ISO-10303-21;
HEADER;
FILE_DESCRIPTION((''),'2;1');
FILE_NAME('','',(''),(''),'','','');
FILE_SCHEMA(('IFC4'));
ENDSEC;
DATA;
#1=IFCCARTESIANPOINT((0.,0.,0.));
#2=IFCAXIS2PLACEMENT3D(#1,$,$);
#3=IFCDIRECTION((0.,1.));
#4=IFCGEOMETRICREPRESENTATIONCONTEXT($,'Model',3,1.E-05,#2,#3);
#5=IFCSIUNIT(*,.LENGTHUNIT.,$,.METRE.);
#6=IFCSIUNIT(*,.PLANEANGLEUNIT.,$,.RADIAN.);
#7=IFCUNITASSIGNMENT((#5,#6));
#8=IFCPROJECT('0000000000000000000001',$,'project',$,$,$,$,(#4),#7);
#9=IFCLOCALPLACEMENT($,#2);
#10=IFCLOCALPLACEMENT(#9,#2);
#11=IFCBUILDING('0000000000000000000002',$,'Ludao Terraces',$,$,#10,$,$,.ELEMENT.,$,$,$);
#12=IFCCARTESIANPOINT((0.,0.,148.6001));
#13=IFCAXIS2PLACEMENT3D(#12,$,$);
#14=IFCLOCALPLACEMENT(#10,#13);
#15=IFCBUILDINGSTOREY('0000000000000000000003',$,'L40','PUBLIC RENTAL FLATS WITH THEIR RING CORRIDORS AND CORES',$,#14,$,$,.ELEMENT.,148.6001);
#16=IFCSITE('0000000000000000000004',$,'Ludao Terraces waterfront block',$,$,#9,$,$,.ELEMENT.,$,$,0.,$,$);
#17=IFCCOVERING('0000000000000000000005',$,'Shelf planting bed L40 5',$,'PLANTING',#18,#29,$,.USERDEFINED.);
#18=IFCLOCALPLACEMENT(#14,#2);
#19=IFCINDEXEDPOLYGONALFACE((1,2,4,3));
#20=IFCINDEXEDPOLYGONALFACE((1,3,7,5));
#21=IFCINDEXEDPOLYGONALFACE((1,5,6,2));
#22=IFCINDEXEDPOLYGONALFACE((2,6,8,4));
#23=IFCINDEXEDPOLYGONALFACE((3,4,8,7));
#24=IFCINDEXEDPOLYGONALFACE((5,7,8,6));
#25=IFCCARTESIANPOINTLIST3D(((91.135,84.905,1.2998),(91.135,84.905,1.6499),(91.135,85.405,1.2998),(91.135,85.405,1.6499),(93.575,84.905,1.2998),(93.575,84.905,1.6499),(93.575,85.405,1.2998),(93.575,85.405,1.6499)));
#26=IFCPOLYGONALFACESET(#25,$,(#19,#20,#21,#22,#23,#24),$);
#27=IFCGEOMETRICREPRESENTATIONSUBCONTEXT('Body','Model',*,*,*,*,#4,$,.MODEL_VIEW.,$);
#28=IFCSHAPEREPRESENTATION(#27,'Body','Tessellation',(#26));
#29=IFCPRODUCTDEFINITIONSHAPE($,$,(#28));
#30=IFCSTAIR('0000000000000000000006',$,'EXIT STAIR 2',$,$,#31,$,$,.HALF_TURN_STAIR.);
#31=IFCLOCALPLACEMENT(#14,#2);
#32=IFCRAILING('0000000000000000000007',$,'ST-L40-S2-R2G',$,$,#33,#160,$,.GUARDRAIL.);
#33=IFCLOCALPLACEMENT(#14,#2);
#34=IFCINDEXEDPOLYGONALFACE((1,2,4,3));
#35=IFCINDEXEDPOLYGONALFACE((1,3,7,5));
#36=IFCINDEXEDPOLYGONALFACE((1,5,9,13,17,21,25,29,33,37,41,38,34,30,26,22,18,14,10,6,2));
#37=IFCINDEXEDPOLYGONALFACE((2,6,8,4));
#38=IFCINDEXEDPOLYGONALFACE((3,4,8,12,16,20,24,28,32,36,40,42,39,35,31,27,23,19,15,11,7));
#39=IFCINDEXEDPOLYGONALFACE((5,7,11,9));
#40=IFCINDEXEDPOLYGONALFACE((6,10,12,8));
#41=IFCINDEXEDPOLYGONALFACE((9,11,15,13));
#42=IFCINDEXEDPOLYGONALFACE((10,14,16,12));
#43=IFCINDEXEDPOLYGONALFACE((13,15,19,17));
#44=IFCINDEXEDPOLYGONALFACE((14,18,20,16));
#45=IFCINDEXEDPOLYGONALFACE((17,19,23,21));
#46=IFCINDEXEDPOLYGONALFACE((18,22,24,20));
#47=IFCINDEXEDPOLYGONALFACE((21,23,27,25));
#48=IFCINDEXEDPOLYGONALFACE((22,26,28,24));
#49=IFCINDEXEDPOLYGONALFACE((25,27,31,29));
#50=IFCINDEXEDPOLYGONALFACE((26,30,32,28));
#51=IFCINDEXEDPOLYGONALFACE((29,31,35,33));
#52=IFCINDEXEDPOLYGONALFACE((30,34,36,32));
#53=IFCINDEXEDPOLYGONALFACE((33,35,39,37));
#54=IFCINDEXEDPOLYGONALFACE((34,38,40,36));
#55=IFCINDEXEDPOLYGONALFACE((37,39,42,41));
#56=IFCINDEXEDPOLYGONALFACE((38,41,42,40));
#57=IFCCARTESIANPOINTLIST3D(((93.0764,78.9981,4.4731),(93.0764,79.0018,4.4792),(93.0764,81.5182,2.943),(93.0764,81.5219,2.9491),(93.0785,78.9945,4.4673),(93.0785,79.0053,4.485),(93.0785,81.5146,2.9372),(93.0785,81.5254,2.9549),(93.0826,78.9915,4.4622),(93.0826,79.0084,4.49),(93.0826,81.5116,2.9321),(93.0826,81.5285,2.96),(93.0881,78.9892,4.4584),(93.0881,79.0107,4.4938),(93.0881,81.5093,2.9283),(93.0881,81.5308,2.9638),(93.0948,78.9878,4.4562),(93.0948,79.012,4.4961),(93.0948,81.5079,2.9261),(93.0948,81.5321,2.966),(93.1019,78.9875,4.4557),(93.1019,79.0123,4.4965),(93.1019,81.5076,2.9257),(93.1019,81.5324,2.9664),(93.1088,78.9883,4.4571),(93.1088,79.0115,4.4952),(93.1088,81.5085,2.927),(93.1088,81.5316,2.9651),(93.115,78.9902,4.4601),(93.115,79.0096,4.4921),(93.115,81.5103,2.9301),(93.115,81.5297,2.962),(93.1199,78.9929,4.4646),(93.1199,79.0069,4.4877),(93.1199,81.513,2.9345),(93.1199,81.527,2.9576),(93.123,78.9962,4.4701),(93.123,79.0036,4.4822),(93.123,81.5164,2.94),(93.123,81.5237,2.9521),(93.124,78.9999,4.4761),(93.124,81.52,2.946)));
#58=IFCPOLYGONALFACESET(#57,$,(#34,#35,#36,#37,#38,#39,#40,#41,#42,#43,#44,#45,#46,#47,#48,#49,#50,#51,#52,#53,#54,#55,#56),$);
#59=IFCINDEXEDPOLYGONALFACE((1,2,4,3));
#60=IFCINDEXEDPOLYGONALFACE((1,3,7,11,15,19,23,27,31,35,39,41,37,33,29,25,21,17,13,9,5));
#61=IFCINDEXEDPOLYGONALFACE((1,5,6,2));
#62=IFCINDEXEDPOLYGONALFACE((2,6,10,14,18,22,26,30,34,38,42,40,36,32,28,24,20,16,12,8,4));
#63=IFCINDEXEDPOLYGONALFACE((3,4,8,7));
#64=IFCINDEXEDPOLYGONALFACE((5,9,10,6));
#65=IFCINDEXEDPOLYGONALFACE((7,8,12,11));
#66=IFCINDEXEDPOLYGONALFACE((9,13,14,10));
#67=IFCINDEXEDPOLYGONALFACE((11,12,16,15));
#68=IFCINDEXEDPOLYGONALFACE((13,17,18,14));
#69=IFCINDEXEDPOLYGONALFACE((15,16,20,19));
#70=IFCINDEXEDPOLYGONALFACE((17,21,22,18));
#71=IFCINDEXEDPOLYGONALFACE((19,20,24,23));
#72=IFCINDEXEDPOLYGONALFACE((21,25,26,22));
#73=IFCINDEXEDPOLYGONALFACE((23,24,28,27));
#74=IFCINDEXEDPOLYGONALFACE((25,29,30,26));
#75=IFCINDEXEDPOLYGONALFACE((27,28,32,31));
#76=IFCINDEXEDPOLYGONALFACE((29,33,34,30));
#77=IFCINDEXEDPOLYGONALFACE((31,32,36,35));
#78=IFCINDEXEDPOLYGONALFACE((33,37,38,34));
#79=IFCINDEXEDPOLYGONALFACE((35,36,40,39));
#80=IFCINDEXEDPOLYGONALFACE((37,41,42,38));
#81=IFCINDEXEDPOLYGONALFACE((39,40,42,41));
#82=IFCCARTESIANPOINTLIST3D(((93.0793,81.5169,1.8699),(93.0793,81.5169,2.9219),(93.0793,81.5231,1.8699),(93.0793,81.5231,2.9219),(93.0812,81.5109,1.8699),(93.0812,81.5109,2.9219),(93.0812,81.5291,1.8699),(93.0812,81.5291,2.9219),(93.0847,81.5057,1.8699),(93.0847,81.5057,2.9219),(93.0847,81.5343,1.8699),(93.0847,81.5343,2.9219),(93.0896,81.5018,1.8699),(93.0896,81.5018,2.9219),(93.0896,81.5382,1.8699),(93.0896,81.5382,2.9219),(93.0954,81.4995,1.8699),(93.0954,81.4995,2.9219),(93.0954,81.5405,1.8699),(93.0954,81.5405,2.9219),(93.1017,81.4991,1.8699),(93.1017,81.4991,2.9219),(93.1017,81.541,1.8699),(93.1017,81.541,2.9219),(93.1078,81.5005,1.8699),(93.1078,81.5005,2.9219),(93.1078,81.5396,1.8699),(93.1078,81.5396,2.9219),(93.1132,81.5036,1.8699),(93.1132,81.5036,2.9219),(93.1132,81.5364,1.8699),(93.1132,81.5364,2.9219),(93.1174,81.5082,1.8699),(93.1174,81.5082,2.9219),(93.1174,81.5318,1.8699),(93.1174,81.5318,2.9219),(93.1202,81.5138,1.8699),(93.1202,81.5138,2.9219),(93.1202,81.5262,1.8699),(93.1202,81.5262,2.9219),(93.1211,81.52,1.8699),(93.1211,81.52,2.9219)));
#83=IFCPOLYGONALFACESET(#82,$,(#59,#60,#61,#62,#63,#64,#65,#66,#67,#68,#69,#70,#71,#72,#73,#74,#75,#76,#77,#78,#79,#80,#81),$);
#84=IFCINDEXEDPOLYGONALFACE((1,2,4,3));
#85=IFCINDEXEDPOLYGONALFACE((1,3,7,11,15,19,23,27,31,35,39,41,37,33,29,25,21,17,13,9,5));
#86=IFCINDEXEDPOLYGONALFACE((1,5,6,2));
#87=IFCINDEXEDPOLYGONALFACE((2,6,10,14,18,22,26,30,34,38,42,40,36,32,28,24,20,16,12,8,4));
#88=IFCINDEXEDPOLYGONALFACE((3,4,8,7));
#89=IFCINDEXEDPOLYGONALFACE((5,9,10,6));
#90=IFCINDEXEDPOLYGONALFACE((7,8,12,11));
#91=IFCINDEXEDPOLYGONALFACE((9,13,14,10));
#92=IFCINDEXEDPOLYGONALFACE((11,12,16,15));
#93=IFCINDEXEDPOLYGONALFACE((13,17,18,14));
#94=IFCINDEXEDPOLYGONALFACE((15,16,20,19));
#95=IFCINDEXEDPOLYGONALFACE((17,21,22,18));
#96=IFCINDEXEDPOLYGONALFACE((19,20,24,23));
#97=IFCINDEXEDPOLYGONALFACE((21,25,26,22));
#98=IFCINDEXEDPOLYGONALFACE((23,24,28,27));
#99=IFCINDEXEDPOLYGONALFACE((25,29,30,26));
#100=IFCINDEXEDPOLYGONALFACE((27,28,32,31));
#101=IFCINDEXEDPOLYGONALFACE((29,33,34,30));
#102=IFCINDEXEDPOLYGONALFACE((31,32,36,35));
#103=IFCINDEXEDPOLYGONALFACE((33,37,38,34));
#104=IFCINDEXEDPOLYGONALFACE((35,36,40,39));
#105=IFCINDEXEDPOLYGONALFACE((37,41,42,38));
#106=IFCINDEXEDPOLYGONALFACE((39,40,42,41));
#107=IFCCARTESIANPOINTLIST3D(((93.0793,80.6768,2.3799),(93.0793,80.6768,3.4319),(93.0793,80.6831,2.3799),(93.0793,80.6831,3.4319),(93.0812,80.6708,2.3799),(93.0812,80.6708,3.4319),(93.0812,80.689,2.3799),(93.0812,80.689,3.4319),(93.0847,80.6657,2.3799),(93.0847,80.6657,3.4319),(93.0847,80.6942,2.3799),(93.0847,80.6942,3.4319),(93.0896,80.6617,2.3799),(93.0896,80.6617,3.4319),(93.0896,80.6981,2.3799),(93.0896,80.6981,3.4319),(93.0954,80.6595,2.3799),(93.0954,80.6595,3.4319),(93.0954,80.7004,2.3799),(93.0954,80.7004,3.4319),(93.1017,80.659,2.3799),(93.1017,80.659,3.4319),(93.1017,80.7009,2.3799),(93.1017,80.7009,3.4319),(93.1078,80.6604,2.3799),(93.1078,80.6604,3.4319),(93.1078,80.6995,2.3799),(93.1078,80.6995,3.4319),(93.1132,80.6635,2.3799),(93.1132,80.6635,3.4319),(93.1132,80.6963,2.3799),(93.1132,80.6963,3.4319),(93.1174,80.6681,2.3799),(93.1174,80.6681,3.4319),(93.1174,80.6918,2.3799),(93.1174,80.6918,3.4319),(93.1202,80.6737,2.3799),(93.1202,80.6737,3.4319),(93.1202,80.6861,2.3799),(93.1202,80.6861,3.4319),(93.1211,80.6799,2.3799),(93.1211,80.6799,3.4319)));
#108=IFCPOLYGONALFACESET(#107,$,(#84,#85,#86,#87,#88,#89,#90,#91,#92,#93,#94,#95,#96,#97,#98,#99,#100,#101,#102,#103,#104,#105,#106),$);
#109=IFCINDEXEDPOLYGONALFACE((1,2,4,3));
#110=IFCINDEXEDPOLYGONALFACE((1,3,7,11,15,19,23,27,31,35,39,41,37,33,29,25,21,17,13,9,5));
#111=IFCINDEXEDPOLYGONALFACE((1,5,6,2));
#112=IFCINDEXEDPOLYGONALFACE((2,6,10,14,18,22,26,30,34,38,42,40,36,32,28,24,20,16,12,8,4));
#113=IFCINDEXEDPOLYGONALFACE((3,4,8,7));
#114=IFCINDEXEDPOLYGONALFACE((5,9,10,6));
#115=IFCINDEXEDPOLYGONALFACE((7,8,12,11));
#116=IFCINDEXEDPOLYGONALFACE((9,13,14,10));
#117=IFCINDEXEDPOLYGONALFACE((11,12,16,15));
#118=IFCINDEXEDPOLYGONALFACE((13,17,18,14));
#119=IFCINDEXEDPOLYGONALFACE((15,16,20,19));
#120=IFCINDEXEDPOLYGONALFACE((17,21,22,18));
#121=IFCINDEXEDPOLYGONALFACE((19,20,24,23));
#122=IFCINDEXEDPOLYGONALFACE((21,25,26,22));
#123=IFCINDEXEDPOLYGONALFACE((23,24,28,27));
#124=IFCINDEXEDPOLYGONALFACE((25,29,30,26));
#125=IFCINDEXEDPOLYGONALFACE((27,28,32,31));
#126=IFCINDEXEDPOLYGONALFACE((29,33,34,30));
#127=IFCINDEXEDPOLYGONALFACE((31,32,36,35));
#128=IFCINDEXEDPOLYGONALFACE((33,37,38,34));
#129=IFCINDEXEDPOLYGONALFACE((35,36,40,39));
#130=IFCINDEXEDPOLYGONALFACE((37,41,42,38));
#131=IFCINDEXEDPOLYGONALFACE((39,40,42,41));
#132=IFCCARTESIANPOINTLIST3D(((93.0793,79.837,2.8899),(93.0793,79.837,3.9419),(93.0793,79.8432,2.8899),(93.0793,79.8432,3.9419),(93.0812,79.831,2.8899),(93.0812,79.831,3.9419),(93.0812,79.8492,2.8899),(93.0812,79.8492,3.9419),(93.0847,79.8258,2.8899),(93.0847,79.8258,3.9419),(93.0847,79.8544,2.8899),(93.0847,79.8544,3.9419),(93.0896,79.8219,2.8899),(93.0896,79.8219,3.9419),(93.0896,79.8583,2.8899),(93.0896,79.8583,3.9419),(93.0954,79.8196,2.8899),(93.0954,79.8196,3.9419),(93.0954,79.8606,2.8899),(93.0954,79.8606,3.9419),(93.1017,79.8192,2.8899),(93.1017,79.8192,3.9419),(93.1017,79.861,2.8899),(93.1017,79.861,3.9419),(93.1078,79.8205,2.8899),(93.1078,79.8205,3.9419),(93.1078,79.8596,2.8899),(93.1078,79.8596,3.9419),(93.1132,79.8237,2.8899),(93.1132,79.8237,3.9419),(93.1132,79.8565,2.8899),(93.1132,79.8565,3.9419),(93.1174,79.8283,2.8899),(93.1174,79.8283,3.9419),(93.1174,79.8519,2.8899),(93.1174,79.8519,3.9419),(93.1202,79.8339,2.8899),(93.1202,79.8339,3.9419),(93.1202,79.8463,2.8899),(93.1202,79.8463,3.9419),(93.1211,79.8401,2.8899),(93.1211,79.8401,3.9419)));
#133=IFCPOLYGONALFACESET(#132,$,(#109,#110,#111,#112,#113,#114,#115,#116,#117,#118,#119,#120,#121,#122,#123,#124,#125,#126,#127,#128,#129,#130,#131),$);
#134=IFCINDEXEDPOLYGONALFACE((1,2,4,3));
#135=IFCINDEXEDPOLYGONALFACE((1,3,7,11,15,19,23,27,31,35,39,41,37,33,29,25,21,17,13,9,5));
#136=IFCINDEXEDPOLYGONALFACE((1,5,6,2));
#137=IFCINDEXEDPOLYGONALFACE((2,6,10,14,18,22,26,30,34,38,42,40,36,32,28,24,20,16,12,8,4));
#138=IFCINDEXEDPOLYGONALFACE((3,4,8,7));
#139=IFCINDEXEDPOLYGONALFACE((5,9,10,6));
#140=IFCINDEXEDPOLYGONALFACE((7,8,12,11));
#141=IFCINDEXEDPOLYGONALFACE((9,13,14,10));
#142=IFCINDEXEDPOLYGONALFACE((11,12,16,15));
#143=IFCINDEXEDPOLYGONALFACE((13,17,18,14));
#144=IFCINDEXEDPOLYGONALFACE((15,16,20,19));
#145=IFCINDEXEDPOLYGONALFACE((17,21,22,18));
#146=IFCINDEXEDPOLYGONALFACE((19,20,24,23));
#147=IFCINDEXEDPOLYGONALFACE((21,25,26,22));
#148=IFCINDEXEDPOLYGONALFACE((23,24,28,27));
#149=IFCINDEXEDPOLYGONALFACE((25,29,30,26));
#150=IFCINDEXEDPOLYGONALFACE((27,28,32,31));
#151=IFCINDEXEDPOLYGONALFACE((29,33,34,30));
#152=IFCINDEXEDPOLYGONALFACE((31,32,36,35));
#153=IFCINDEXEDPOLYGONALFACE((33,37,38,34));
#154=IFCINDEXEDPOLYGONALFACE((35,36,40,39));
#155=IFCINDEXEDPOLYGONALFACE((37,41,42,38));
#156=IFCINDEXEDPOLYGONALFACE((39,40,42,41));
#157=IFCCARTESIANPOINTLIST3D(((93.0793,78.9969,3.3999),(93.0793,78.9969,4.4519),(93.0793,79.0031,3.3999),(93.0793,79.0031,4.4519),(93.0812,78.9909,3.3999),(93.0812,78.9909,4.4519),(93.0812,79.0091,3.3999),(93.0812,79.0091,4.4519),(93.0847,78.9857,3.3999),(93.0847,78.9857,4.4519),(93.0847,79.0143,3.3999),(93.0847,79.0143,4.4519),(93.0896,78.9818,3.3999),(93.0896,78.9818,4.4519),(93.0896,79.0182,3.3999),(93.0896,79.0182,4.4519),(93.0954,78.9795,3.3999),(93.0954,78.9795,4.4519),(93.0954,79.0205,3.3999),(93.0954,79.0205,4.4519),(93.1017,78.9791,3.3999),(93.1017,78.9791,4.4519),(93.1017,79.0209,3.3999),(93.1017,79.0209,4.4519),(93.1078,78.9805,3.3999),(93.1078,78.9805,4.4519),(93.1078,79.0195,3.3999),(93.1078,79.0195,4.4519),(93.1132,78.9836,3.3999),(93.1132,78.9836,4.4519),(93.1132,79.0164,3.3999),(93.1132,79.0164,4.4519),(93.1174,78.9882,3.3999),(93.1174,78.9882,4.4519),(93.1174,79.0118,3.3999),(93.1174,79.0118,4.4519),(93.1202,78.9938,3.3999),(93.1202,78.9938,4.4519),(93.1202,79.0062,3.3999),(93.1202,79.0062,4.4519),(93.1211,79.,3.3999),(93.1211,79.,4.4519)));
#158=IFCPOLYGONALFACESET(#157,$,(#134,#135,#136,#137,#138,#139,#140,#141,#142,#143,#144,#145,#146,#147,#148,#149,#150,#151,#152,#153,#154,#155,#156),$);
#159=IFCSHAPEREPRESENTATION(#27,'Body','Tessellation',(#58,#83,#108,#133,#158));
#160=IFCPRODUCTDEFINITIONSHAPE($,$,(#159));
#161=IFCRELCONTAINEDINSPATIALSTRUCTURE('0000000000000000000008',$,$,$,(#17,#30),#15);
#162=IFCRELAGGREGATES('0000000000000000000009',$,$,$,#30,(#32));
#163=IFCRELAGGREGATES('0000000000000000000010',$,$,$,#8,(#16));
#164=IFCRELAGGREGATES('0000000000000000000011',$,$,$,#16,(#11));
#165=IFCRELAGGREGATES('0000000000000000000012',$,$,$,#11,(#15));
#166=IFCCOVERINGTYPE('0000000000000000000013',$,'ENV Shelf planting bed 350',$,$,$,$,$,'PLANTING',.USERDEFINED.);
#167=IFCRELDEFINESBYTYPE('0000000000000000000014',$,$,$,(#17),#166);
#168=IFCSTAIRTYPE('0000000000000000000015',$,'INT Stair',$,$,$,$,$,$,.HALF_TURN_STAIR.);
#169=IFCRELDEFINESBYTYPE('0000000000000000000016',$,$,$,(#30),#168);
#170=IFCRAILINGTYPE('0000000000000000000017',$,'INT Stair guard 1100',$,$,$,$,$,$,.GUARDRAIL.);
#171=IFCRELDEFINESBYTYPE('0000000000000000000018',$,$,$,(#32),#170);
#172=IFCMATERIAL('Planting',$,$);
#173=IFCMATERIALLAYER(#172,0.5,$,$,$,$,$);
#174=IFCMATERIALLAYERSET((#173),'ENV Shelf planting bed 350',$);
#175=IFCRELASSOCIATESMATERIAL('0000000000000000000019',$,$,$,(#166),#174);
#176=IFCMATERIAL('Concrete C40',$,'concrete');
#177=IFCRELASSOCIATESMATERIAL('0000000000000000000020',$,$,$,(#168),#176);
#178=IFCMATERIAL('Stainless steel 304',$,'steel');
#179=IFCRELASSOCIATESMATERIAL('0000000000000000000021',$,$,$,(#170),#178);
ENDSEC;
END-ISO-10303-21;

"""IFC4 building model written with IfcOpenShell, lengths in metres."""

from ifc_helpers import new_model, si_unit, direction, frame, origin, origin_2d, place, context, subcontext, project, spatial, rectangle, circle, extrude, material, layer, layer_set, type_object, element, aggregate, save


model = new_model("IFC4")

# Units and contexts
model_context = context("Model", 3, precision=1e-05, world=origin(), true_north=direction((0.0, 1.0)))
body_context = subcontext(model_context, "Body", "Model", "MODEL_VIEW")
ifc_project = project(units=[si_unit("LENGTHUNIT", "METRE"), si_unit("PLANEANGLEUNIT", "RADIAN")], contexts=[model_context])

# Site, building, storey
site_placement = place(None, origin())
site = spatial("IfcSite", under=ifc_project, at=site_placement, Name="Ludao Terraces waterfront block", CompositionType="ELEMENT", RefElevation=0.0)
building_placement = place(site_placement, origin())
building = spatial("IfcBuilding", under=site, at=building_placement, Name="Ludao Terraces", CompositionType="ELEMENT")
storey_placement = place(building_placement, frame((0.0, 0.0, 148.6001)))
storey = spatial("IfcBuildingStorey", under=building, at=storey_placement, Name="L40", Description="PUBLIC RENTAL FLATS WITH THEIR RING CORRIDORS AND CORES", CompositionType="ELEMENT", Elevation=148.6001)

# Shared definitions
ifc_material_1 = material(Name="Stainless steel 304", Category="steel")

# Covering
ifc_material_2 = material(Name="Planting")
ifc_layer_1 = layer(ifc_material_2, 0.5)
ifc_layer_set_1 = layer_set([ifc_layer_1], Name="ENV Shelf planting bed 350")
covering_type_1 = type_object("IfcCoveringType", Name="ENV Shelf planting bed 350", ElementType="PLANTING", PredefinedType="USERDEFINED", material=ifc_layer_set_1)
covering_1_placement = place(storey_placement, frame((92.355, 85.155, 1.2998), z_axis=(0.0, 0.0, 1.0), x_axis=(1.0, 0.0, 0.0)))
element("IfcCovering", 1, at=covering_1_placement, inside=storey, type_object=covering_type_1, Name="Shelf planting bed L40 5", ObjectType="PLANTING", PredefinedType="USERDEFINED", context=body_context, shape_type="SweptSolid", body=[
    extrude(rectangle(XDim=2.4399, YDim=0.5, at=origin_2d()), origin(), (0.0, 0.0, 1.0), 0.3501),
])

# Stair, railing
ifc_material_3 = material(Name="Concrete C40", Category="concrete")
stair_type = type_object("IfcStairType", Name="INT Stair", PredefinedType="HALF_TURN_STAIR", material=ifc_material_3)
stair_placement = place(storey_placement, origin())
stair = element("IfcStair", 2, at=stair_placement, inside=storey, type_object=stair_type, Name="EXIT STAIR 2", PredefinedType="HALF_TURN_STAIR")
railing_type_1 = type_object("IfcRailingType", Name="INT Stair guard 1100", PredefinedType="GUARDRAIL", material=ifc_material_1)
railing_1_placement = place(storey_placement, frame((93.1001, 81.52, 1.8699)))
railing_1 = element("IfcRailing", 3, at=railing_1_placement, type_object=railing_type_1, Name="ST-L40-S2-R2G", PredefinedType="GUARDRAIL", context=body_context, shape_type="SweptSolid", body=[
    extrude(circle(Radius=0.0239, at=origin_2d()), frame((0.0, 0.0, 1.0762), z_axis=(0.0, -0.854785, 0.518982), x_axis=(1.0, 0.0, 0.0)), (0.0, 0.0, 1.0), 2.9482),
    extrude(circle(Radius=0.021, at=origin_2d()), origin(), (0.0, 0.0, 1.0), 1.052),
    extrude(circle(Radius=0.021, at=origin_2d()), frame((0.0, -0.8401, 0.51)), (0.0, 0.0, 1.0), 1.052),
    extrude(circle(Radius=0.021, at=origin_2d()), frame((0.0, -1.6799, 1.02)), (0.0, 0.0, 1.0), 1.052),
    extrude(circle(Radius=0.021, at=origin_2d()), frame((0.0, -2.52, 1.53)), (0.0, 0.0, 1.0), 1.052),
])
aggregate(stair, [railing_1])

save(model, "model.ifc")
